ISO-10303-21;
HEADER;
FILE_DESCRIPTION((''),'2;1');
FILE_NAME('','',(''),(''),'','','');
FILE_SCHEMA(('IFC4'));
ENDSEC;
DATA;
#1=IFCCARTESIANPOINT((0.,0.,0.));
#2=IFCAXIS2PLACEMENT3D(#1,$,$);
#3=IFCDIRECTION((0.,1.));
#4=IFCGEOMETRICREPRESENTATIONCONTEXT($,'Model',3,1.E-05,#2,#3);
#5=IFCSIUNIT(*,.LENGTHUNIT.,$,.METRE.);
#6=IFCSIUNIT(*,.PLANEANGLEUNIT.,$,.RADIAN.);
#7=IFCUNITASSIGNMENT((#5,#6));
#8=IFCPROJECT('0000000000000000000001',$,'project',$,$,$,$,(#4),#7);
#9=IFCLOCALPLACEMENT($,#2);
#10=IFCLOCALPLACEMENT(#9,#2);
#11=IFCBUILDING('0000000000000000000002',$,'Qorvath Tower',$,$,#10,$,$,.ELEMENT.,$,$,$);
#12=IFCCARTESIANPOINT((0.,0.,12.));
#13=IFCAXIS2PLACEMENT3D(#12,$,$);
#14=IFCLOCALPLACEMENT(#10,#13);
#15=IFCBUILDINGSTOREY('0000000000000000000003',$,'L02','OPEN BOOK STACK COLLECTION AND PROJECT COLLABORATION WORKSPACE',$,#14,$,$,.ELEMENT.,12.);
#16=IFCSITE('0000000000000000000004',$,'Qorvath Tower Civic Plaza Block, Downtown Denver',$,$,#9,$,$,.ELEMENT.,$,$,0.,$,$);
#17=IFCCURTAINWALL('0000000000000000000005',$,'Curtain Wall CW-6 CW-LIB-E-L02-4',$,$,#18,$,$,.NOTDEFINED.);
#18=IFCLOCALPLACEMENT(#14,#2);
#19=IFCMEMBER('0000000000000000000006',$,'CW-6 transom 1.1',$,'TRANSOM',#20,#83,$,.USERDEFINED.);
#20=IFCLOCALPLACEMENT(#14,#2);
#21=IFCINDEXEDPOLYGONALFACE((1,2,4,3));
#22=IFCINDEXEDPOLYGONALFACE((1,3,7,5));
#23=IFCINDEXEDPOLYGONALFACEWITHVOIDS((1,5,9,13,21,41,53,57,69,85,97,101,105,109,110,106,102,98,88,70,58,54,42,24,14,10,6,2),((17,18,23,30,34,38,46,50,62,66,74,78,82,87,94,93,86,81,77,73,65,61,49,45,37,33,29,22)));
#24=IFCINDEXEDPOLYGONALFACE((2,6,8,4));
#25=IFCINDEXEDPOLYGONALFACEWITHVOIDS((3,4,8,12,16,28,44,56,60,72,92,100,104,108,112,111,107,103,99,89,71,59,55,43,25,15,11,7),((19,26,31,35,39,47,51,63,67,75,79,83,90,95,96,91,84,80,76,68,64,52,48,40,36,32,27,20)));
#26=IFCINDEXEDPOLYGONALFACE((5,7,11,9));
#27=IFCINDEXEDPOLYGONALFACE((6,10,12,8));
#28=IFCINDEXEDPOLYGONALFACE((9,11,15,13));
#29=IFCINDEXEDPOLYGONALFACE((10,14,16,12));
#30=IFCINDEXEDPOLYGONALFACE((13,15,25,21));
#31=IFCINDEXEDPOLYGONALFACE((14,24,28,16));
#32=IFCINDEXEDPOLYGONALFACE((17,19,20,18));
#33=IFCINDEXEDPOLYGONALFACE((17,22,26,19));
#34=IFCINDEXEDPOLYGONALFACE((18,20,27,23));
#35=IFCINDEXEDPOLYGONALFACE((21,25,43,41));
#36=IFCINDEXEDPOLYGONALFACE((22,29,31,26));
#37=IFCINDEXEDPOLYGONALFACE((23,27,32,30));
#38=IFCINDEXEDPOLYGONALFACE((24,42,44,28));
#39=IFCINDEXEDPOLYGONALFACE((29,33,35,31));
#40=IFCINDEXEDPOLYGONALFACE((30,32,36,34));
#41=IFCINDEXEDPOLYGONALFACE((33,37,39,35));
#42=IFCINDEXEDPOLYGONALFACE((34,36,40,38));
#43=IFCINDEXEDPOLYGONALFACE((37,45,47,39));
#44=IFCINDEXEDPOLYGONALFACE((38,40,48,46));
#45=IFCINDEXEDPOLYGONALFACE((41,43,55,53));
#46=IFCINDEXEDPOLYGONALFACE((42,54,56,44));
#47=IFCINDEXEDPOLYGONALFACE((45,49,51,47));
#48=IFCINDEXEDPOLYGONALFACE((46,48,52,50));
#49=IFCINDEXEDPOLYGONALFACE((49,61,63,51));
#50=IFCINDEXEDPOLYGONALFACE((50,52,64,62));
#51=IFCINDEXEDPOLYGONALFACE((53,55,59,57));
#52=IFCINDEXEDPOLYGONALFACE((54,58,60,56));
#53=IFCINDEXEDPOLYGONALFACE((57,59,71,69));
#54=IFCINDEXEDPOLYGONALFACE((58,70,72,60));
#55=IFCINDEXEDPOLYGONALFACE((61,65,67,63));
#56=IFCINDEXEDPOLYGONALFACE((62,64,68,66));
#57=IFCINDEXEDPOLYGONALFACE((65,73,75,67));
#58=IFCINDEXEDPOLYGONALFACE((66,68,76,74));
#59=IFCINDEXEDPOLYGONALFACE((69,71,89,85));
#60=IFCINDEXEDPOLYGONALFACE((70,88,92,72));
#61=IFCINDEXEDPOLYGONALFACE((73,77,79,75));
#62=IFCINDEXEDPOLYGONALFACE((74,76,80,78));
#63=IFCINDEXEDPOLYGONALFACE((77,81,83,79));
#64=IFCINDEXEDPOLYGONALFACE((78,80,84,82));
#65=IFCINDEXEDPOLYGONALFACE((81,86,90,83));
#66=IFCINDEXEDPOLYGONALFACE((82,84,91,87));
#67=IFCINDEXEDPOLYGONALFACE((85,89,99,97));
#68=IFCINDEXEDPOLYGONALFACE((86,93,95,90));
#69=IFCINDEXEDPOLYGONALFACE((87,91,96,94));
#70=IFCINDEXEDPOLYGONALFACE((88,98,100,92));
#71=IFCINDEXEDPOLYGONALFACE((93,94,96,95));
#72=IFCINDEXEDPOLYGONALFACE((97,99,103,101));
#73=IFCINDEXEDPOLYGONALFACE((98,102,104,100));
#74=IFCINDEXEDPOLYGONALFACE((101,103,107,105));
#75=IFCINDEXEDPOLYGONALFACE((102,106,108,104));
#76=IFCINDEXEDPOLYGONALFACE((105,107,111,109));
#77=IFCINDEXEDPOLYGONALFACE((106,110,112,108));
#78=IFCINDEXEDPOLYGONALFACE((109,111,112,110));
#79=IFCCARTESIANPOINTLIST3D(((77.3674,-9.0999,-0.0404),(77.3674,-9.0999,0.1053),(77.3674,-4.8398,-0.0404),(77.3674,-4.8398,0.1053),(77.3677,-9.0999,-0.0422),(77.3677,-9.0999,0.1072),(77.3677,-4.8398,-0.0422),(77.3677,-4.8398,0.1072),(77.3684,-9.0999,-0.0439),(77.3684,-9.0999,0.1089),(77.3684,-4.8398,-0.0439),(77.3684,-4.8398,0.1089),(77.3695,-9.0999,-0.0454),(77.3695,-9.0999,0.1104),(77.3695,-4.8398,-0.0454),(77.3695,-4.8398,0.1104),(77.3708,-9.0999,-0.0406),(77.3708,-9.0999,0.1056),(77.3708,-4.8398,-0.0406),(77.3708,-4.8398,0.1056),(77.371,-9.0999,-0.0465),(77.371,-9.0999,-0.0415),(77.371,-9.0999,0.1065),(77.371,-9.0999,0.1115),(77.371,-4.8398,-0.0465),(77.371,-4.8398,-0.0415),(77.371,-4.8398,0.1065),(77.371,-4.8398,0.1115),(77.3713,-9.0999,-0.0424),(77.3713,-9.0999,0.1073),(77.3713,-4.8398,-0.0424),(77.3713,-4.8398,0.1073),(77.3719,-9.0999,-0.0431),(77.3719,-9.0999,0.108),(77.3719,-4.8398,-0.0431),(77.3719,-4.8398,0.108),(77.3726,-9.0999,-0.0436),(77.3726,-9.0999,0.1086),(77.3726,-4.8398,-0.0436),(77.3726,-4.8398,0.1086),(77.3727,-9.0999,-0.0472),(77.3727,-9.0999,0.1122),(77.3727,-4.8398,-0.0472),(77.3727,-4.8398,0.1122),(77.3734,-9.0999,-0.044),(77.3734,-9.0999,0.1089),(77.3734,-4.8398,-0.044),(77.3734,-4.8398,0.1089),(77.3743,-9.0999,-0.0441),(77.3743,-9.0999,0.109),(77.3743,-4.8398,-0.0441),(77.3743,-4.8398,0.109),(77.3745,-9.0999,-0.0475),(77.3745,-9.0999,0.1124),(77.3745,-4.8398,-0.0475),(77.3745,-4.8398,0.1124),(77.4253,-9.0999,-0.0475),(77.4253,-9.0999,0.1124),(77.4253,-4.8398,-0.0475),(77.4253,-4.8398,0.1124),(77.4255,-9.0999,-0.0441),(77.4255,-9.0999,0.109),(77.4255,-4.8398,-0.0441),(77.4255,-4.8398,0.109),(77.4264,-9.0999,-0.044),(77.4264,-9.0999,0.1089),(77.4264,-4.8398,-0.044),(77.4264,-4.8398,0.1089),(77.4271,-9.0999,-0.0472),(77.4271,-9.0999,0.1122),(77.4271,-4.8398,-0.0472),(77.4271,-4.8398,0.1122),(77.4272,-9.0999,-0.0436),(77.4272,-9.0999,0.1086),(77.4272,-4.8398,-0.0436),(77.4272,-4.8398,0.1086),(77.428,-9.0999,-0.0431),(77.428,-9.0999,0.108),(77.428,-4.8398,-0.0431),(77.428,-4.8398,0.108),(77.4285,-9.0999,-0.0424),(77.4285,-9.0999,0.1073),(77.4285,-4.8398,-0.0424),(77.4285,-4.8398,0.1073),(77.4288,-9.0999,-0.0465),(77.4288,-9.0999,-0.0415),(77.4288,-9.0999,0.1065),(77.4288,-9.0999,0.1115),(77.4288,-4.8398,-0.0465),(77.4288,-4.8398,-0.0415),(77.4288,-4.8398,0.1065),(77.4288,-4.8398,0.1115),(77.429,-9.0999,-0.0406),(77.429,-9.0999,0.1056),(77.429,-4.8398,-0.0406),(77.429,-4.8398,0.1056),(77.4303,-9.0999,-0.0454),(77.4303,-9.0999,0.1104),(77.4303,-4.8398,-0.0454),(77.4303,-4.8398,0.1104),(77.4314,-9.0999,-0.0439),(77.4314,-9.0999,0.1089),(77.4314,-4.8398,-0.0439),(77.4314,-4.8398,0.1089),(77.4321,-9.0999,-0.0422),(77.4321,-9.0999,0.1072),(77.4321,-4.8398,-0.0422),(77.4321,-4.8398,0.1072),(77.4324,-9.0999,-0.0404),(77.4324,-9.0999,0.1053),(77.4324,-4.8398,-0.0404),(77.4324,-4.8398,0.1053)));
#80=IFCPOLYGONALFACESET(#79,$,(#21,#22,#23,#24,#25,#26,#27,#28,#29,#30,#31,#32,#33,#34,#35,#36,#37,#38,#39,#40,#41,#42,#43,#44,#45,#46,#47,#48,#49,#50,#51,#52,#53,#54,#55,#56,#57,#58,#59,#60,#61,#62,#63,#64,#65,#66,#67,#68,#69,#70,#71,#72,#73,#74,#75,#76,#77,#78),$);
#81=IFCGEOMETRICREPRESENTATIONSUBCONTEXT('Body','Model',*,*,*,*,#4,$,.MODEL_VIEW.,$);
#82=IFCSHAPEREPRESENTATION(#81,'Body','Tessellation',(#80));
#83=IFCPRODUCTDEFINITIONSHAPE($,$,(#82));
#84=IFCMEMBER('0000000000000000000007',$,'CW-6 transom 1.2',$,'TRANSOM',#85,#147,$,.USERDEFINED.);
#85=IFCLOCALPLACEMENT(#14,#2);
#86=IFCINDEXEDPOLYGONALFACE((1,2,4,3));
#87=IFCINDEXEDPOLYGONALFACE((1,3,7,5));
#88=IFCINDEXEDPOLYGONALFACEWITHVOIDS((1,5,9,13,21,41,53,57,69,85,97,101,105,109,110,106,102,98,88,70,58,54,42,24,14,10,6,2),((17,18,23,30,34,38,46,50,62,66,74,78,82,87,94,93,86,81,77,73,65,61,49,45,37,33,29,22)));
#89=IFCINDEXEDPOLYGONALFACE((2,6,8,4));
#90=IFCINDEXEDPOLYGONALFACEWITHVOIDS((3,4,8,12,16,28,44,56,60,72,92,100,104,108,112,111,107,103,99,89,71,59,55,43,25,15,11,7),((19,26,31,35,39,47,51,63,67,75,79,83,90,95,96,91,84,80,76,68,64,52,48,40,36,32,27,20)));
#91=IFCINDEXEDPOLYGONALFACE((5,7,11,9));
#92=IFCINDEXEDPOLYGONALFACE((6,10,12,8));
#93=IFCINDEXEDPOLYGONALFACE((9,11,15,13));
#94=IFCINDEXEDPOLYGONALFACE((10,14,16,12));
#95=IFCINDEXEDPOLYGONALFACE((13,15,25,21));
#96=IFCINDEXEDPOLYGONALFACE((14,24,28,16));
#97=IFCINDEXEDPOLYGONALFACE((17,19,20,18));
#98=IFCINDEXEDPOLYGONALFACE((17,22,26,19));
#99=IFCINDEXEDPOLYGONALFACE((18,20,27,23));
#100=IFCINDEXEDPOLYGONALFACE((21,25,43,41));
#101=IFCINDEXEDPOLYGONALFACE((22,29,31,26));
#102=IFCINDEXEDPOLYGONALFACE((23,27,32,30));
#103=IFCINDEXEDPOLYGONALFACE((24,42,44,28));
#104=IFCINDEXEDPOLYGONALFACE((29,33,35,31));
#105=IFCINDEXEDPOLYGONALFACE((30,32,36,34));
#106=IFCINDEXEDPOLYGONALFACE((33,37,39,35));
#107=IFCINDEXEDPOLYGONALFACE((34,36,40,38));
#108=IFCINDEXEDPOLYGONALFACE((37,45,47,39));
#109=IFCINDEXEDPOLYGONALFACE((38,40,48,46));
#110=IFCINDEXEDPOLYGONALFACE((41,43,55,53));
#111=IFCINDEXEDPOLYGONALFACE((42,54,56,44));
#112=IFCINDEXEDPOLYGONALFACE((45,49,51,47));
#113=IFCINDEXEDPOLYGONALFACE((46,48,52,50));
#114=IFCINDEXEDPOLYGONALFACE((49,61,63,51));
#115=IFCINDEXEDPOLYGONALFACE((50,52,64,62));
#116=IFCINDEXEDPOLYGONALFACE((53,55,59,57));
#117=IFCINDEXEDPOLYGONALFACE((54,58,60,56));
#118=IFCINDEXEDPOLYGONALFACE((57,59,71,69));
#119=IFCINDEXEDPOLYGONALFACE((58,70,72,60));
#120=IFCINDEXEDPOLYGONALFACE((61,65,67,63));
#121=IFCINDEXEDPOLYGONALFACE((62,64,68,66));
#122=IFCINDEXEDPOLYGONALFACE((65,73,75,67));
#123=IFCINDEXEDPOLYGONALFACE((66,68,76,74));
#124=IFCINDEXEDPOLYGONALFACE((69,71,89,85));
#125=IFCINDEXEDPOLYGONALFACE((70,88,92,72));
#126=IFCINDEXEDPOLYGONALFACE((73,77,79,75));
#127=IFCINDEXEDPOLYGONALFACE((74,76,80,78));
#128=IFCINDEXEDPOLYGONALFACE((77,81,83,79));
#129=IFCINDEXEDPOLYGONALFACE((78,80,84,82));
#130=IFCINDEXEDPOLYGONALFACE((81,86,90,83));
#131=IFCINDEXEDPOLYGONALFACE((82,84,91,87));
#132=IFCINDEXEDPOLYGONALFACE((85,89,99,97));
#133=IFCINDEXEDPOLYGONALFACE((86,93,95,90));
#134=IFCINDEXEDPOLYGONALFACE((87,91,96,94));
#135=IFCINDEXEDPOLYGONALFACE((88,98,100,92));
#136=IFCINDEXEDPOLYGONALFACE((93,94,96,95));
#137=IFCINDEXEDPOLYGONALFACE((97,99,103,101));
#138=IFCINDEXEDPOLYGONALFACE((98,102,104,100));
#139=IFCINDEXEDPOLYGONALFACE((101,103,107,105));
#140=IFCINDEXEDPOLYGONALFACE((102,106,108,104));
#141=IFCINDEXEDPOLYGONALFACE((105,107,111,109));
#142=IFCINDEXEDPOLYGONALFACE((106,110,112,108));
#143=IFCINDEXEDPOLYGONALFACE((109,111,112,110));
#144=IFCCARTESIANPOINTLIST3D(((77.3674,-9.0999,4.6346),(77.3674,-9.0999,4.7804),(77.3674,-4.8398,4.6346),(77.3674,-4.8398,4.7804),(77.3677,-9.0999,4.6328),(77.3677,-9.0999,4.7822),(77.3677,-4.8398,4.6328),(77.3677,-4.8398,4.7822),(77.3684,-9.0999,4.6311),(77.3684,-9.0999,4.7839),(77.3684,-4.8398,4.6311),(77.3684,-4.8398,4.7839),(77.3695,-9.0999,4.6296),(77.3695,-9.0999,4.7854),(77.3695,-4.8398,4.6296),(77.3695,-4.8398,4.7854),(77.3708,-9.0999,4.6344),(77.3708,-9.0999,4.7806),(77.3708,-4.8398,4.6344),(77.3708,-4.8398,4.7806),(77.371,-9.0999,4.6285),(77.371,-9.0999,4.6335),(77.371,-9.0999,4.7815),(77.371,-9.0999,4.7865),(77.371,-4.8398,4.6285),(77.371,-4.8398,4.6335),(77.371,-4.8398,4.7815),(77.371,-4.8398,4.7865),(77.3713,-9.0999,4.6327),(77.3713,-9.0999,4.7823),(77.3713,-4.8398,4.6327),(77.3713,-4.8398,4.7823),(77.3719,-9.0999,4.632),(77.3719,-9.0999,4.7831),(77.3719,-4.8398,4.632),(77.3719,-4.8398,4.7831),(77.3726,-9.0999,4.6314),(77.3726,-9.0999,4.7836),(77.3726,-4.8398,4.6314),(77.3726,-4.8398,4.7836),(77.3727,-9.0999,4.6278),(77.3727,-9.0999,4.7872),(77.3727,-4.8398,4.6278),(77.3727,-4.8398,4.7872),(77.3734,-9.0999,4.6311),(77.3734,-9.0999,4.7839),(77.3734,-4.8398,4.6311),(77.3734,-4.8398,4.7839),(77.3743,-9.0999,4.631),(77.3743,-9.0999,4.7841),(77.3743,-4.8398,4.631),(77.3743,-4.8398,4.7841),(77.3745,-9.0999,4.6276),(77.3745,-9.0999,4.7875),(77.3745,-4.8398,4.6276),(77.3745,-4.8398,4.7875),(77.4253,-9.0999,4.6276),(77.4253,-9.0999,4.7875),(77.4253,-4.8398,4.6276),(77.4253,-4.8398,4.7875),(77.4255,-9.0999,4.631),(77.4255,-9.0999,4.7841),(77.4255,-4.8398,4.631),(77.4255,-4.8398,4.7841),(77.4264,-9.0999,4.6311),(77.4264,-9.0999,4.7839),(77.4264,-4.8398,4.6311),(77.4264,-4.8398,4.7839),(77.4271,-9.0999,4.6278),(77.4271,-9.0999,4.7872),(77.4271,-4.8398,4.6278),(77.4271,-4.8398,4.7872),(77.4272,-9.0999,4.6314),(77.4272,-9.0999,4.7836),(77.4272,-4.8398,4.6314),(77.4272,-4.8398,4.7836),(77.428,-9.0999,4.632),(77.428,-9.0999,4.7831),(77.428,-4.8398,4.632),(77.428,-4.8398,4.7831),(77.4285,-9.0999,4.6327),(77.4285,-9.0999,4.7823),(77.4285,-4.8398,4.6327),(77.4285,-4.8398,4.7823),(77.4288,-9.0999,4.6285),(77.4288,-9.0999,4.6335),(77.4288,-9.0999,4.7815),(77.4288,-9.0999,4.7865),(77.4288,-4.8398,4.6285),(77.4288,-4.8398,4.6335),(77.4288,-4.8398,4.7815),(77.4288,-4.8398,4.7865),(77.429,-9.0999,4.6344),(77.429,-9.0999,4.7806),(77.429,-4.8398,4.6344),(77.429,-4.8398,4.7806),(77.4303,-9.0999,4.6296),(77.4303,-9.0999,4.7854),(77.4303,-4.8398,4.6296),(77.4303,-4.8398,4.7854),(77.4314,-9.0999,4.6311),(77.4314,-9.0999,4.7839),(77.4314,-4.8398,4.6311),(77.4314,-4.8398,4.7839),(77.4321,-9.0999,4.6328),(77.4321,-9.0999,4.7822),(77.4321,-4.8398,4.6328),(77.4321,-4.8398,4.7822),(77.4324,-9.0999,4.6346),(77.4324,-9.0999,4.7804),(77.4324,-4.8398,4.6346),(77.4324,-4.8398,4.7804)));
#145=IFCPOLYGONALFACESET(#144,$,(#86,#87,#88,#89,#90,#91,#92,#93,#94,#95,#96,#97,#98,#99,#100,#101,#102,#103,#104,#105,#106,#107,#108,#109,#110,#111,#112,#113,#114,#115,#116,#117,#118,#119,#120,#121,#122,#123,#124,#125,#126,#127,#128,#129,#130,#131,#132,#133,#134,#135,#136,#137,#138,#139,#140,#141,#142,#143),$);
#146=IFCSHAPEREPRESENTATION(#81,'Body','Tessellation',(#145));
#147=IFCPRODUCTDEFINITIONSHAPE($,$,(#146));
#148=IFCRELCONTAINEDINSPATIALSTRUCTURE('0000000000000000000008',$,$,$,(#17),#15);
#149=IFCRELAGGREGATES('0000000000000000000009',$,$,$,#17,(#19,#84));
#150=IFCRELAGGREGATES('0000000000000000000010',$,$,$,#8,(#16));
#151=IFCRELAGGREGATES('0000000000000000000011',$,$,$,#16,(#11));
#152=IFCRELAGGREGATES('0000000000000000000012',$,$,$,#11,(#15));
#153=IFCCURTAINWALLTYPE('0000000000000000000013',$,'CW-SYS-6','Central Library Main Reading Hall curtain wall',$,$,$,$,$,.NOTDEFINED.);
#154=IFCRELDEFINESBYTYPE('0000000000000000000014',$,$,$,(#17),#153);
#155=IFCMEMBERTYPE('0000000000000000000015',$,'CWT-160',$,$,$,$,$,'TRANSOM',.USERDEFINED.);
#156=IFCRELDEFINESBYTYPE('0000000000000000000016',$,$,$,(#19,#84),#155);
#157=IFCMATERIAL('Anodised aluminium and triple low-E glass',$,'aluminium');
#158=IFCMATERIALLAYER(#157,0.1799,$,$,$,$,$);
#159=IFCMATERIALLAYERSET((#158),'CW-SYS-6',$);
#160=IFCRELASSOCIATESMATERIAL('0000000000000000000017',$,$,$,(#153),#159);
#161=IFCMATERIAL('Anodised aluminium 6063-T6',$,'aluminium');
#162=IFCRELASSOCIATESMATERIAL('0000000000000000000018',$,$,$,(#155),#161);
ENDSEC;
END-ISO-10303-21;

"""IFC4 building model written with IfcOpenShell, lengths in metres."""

from ifc_helpers import new_model, si_unit, direction, frame, origin, origin_2d, place, context, subcontext, project, spatial, hollow_rectangle, extrude, material, layer, layer_set, material_profile, profile_set, type_object, element, aggregate, save


model = new_model("IFC4")

# Units and contexts
model_context = context("Model", 3, precision=1e-05, world=origin(), true_north=direction((0.0, 1.0)))
body_context = subcontext(model_context, "Body", "Model", "MODEL_VIEW")
ifc_project = project(units=[si_unit("LENGTHUNIT", "METRE"), si_unit("PLANEANGLEUNIT", "RADIAN")], contexts=[model_context])

# Site, building, storey
site_placement = place(None, origin())
site = spatial("IfcSite", under=ifc_project, at=site_placement, Name="Qorvath Tower Civic Plaza Block, Downtown Denver", CompositionType="ELEMENT", RefElevation=0.0)
building_placement = place(site_placement, origin())
building = spatial("IfcBuilding", under=site, at=building_placement, Name="Qorvath Tower", CompositionType="ELEMENT")
storey_placement = place(building_placement, frame((0.0, 0.0, 12.0)))
storey = spatial("IfcBuildingStorey", under=building, at=storey_placement, Name="L02", Description="OPEN BOOK STACK COLLECTION AND PROJECT COLLABORATION WORKSPACE", CompositionType="ELEMENT", Elevation=12.0)

# Curtain wall, members
ifc_material_1 = material(Name="Anodised aluminium and triple low-E glass", Category="aluminium")
ifc_layer_1 = layer(ifc_material_1, 0.1799)
ifc_layer_set_1 = layer_set([ifc_layer_1], Name="CW-SYS-6")
curtain_wall_type = type_object("IfcCurtainWallType", Name="CW-SYS-6", Description="Central Library Main Reading Hall curtain wall", PredefinedType="NOTDEFINED", material=ifc_layer_set_1)
curtain_wall_placement = place(storey_placement, origin())
curtain_wall = element("IfcCurtainWall", 1, at=curtain_wall_placement, inside=storey, type_object=curtain_wall_type, Name="Curtain Wall CW-6 CW-LIB-E-L02-4", PredefinedType="NOTDEFINED")
ifc_material_2 = material(Name="Anodised aluminium 6063-T6", Category="aluminium")
ifc_material_profile_1 = material_profile(ifc_material_2, hollow_rectangle(XDim=0.0649, YDim=0.1599, WallThickness=0.0034, InnerFilletRadius=0.0034, OuterFilletRadius=0.0071, at=origin_2d()), Name="CWT 160x65")
ifc_profile_set_1 = profile_set([ifc_material_profile_1], Name="Anodised aluminium 6063-T6")
member_type_1 = type_object("IfcMemberType", Name="CWT-160", ElementType="TRANSOM", PredefinedType="USERDEFINED", material=ifc_profile_set_1)
member_1_placement = place(storey_placement, frame((77.3999, -9.0999, 0.0325), z_axis=(0.0, 1.0, 0.0), x_axis=(-1.0, 0.0, 0.0)))
member_1 = element("IfcMember", 2, at=member_1_placement, type_object=member_type_1, Name="CW-6 transom 1.1", ObjectType="TRANSOM", PredefinedType="USERDEFINED", context=body_context, shape_type="SweptSolid", body=[
    extrude(hollow_rectangle(XDim=0.0649, YDim=0.1599, WallThickness=0.0034, InnerFilletRadius=0.0034, OuterFilletRadius=0.0071, at=origin_2d()), origin(), (0.0, 0.0, 1.0), 4.26),
])
member_2_placement = place(storey_placement, frame((77.3999, -9.0999, 4.7075), z_axis=(0.0, 1.0, 0.0), x_axis=(-1.0, 0.0, 0.0)))
member_2 = element("IfcMember", 3, at=member_2_placement, type_object=member_type_1, Name="CW-6 transom 1.2", ObjectType="TRANSOM", PredefinedType="USERDEFINED", context=body_context, shape_type="SweptSolid", body=[
    extrude(hollow_rectangle(XDim=0.0649, YDim=0.1599, WallThickness=0.0034, InnerFilletRadius=0.0034, OuterFilletRadius=0.0071, at=origin_2d()), origin(), (0.0, 0.0, 1.0), 4.26),
])
aggregate(curtain_wall, [member_1, member_2])

save(model, "model.ifc")
